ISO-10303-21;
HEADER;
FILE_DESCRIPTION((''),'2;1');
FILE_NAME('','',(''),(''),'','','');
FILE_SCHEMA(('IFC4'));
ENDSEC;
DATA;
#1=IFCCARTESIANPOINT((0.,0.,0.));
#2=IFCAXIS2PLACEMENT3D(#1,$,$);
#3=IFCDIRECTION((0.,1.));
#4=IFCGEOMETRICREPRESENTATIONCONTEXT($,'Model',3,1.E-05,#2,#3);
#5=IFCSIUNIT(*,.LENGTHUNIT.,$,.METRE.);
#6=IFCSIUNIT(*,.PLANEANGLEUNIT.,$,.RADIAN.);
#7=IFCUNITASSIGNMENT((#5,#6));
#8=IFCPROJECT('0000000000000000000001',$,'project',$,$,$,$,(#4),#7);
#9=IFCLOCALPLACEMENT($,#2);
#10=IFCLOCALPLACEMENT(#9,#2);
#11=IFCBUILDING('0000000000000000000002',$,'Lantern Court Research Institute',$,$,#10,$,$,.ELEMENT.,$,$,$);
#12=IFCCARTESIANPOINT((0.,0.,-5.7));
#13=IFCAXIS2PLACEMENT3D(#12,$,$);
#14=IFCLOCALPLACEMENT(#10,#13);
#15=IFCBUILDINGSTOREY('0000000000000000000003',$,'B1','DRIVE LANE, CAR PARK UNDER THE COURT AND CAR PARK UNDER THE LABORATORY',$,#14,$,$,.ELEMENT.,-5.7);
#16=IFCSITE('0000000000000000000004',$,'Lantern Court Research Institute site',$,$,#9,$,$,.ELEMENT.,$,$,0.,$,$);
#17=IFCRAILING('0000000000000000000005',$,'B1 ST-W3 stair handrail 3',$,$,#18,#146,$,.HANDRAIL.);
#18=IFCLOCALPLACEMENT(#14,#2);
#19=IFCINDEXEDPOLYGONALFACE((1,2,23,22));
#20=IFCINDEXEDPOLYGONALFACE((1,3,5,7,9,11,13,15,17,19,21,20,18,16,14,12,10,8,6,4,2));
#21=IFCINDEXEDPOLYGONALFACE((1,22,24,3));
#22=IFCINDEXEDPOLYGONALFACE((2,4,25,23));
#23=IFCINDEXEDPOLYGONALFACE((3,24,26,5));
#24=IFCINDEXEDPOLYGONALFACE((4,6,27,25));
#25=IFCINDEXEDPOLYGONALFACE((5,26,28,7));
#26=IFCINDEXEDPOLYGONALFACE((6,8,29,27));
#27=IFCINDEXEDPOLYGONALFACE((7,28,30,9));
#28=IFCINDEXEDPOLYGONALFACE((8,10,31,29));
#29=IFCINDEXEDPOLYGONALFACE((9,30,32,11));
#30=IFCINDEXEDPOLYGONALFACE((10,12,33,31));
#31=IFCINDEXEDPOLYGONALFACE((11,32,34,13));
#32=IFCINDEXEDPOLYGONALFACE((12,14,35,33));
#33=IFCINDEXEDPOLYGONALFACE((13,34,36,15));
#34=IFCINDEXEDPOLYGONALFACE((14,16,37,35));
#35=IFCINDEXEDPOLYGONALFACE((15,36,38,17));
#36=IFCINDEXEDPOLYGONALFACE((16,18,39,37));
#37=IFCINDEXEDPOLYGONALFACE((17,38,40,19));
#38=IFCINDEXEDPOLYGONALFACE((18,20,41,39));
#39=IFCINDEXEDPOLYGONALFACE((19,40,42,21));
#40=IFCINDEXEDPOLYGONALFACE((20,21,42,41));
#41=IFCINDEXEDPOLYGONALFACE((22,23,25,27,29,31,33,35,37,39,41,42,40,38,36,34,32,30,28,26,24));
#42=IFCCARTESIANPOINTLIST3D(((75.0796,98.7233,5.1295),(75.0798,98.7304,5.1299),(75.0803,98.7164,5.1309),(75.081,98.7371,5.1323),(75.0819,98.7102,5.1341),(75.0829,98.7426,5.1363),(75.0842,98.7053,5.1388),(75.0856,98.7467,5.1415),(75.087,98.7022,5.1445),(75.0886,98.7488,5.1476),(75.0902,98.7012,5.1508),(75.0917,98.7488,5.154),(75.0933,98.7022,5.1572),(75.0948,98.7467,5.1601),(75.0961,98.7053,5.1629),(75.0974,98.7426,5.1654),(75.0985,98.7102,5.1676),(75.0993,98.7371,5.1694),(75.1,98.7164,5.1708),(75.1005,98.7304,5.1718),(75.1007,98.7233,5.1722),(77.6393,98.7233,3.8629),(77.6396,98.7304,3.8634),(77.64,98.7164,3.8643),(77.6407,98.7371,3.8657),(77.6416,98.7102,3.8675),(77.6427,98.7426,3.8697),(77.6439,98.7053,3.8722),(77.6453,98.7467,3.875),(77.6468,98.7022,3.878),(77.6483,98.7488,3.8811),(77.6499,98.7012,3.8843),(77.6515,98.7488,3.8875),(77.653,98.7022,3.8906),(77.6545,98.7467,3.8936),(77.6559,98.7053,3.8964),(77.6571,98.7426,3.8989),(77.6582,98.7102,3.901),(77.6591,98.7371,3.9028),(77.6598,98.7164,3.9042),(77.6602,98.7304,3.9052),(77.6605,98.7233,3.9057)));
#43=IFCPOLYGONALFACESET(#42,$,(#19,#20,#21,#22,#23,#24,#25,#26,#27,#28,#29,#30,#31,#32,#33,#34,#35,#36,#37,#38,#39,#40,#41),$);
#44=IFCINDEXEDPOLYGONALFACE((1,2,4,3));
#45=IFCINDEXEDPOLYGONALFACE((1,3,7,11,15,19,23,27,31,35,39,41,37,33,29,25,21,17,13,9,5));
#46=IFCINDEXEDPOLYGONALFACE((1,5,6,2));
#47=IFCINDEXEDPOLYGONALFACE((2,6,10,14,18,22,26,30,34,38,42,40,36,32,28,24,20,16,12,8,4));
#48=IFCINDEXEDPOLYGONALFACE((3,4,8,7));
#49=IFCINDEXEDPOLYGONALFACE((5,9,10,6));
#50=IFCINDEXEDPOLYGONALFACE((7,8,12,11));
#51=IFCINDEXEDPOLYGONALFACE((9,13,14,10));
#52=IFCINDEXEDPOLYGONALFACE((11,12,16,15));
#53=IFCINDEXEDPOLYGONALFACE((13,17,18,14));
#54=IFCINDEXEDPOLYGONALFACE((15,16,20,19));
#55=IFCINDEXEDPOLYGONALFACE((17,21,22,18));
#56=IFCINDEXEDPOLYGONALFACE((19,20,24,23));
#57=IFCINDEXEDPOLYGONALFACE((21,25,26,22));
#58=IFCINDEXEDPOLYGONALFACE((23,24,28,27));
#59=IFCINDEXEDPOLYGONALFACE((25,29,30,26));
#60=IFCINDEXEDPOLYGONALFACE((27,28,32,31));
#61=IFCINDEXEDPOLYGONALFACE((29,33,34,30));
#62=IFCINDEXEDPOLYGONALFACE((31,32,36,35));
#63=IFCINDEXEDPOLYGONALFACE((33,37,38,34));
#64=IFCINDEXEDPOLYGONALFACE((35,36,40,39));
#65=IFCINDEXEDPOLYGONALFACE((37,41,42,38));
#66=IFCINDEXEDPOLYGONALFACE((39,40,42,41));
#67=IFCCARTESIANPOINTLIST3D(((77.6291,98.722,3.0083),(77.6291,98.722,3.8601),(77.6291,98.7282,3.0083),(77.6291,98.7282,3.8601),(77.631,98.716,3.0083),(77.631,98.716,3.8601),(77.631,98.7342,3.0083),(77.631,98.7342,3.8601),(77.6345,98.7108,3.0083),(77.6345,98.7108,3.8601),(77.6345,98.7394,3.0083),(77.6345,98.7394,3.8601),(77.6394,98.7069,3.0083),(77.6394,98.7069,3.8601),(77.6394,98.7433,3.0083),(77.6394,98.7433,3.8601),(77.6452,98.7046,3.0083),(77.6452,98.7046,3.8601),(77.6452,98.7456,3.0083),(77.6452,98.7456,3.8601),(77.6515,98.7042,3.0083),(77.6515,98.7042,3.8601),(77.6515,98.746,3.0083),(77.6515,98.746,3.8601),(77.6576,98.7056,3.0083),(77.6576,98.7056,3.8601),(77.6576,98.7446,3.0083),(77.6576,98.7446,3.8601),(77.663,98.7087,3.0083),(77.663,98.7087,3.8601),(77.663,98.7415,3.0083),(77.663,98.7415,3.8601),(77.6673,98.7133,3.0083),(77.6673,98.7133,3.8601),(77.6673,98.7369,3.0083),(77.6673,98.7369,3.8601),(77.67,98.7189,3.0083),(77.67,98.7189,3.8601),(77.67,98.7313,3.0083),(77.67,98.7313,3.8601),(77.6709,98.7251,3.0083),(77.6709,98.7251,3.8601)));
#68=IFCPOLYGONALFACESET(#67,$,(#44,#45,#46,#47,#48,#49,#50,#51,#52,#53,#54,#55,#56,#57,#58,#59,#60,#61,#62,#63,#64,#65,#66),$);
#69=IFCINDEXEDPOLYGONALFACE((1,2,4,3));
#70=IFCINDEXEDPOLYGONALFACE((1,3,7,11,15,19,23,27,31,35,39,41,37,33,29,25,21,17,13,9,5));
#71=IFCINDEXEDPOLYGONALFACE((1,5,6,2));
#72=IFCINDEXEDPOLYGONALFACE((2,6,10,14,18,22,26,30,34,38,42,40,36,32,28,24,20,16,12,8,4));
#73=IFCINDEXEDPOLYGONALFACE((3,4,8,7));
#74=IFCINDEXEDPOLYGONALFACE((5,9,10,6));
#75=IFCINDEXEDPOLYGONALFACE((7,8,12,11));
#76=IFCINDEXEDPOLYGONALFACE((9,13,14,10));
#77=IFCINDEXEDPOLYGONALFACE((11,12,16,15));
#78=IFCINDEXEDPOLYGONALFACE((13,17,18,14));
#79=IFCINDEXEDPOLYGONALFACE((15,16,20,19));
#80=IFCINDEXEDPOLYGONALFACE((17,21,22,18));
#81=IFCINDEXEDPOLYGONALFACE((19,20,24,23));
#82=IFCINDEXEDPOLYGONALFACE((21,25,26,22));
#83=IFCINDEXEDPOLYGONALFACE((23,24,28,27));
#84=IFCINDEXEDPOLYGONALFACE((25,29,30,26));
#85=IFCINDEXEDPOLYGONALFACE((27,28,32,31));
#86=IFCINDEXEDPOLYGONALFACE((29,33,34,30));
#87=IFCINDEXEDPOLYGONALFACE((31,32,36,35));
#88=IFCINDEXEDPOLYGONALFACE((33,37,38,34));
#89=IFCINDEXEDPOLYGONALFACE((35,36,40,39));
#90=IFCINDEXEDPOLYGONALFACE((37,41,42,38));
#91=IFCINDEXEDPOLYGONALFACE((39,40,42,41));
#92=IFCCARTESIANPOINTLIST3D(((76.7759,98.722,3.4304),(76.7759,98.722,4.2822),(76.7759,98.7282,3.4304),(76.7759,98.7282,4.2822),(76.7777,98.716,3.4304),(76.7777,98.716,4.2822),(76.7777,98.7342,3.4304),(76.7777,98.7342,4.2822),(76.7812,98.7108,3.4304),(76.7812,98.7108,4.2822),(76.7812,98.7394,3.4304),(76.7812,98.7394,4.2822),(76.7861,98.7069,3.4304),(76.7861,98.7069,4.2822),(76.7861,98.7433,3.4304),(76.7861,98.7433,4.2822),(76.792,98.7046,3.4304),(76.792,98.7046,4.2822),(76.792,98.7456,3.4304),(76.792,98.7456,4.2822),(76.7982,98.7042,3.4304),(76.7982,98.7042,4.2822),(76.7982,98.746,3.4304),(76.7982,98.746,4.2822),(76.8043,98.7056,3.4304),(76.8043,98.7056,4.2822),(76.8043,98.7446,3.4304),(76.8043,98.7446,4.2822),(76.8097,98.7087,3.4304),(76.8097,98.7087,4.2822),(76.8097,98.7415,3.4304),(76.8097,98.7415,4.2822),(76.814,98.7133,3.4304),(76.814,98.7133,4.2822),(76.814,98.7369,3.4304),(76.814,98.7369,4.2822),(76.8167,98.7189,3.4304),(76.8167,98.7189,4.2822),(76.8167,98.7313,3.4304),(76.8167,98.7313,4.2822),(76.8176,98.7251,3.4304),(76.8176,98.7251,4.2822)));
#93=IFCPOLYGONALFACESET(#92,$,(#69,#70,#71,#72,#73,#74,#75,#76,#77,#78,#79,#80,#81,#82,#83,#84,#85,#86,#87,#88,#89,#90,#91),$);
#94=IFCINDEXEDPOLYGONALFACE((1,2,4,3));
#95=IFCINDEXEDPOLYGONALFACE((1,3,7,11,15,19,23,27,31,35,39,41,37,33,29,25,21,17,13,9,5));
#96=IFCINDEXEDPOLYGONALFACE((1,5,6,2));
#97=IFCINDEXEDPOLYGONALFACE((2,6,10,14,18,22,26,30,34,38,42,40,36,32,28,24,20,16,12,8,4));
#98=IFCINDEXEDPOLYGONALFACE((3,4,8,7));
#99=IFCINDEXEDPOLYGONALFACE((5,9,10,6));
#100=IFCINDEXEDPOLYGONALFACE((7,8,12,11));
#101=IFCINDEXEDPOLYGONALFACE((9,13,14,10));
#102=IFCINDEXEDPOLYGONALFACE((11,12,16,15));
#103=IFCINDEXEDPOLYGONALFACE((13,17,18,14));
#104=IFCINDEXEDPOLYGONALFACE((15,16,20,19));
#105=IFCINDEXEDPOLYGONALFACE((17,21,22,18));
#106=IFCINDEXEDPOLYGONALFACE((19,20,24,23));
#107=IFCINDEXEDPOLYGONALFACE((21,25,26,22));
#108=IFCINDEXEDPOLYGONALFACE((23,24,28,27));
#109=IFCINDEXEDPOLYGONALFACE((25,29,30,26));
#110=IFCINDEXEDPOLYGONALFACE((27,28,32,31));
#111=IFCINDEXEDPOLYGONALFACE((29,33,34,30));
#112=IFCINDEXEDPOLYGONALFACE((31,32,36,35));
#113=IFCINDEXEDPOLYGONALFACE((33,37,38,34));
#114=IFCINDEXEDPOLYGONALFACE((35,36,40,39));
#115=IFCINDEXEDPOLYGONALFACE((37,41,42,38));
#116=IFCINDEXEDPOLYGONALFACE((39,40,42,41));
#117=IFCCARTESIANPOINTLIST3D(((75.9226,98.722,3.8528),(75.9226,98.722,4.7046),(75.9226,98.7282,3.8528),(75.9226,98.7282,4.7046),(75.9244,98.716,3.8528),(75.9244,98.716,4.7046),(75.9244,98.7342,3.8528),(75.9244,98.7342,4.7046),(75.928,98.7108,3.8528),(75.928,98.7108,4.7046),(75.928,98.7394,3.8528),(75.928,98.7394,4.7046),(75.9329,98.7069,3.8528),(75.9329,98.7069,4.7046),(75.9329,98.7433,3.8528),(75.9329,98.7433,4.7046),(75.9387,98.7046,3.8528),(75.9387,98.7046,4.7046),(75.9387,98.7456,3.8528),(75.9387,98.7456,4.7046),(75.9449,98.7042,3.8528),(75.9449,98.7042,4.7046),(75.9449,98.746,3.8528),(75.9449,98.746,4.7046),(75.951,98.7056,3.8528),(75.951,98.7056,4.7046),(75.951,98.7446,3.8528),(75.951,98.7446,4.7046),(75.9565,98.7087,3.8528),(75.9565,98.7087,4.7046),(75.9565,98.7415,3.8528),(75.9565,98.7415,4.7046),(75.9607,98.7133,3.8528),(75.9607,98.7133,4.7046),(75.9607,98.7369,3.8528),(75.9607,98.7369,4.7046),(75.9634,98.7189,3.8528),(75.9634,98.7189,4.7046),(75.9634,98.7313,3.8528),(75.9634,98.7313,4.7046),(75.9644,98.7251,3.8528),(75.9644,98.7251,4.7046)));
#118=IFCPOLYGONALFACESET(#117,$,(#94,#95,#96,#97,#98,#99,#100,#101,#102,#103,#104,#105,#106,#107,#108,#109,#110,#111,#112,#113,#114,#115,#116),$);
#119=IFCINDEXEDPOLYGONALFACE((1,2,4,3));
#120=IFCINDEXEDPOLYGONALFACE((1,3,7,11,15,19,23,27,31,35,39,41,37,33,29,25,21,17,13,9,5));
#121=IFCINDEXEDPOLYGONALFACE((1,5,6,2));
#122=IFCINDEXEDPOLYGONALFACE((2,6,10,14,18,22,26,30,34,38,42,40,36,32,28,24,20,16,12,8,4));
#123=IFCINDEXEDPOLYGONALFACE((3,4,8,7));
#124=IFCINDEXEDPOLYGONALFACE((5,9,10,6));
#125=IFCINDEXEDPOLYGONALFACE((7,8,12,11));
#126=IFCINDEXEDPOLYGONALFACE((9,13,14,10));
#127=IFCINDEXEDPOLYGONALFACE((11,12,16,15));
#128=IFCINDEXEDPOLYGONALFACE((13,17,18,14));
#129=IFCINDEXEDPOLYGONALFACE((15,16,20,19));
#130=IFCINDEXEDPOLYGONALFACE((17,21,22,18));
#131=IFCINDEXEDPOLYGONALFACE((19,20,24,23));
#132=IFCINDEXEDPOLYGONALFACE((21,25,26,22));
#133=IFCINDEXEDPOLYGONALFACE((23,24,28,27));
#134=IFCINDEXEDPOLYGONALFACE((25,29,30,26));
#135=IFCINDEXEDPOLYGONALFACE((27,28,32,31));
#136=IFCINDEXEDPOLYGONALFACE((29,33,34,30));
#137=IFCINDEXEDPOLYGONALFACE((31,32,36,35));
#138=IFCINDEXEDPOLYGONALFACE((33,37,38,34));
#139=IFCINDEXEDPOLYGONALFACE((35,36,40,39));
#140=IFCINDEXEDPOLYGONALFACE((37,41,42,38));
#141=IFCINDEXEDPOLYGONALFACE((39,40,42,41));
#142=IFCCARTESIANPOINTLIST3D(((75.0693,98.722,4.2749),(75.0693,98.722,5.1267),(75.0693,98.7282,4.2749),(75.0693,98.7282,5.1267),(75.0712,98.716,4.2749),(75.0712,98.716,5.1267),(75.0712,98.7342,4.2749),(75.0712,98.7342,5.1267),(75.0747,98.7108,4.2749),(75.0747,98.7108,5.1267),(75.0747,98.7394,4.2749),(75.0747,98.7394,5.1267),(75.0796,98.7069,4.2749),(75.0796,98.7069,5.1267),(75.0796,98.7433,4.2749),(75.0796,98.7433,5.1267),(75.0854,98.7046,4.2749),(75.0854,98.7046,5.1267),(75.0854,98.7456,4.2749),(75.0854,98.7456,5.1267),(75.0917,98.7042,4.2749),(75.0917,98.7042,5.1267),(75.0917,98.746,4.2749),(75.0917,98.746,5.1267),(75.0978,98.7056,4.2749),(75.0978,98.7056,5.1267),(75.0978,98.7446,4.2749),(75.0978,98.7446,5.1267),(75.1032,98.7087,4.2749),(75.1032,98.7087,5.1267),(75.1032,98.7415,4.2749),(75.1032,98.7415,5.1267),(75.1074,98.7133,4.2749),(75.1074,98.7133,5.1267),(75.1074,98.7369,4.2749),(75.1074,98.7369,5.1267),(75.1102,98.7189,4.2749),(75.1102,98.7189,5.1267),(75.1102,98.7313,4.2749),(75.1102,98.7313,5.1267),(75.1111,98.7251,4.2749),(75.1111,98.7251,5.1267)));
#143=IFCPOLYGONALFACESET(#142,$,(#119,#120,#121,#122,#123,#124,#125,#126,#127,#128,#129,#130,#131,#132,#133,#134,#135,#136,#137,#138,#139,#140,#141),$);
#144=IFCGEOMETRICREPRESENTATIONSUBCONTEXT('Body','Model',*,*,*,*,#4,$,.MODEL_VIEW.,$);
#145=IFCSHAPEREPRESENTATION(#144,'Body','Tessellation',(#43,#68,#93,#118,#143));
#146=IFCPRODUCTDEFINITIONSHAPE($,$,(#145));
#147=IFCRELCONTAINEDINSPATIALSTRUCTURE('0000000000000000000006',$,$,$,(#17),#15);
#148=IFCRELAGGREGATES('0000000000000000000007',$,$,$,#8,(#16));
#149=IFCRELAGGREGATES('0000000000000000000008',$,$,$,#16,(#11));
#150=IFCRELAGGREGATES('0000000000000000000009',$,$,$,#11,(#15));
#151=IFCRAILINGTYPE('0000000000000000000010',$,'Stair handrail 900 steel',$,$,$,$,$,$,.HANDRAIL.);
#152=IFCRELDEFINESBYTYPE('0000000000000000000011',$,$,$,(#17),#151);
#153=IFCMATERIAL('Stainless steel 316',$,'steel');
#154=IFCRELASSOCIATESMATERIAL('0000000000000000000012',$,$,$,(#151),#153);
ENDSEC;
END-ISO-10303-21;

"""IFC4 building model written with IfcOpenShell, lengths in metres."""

from ifc_helpers import new_model, si_unit, direction, frame, origin, origin_2d, place, context, subcontext, project, spatial, circle, extrude, material, type_object, element, save


model = new_model("IFC4")

# Units and contexts
model_context = context("Model", 3, precision=1e-05, world=origin(), true_north=direction((0.0, 1.0)))
body_context = subcontext(model_context, "Body", "Model", "MODEL_VIEW")
ifc_project = project(units=[si_unit("LENGTHUNIT", "METRE"), si_unit("PLANEANGLEUNIT", "RADIAN")], contexts=[model_context])

# Site, building, storey
site_placement = place(None, origin())
site = spatial("IfcSite", under=ifc_project, at=site_placement, Name="Lantern Court Research Institute site", CompositionType="ELEMENT", RefElevation=0.0)
building_placement = place(site_placement, origin())
building = spatial("IfcBuilding", under=site, at=building_placement, Name="Lantern Court Research Institute", CompositionType="ELEMENT")
storey_placement = place(building_placement, frame((0.0, 0.0, -5.7)))
storey = spatial("IfcBuildingStorey", under=building, at=storey_placement, Name="B1", Description="DRIVE LANE, CAR PARK UNDER THE COURT AND CAR PARK UNDER THE LABORATORY", CompositionType="ELEMENT", Elevation=-5.7)

# Railing
ifc_material_1 = material(Name="Stainless steel 316", Category="steel")
railing_type_1 = type_object("IfcRailingType", Name="Stair handrail 900 steel", PredefinedType="HANDRAIL", material=ifc_material_1)
railing_1_placement = place(storey_placement, frame((77.6499, 98.7251, 3.0083)))
element("IfcRailing", 1, at=railing_1_placement, inside=storey, type_object=railing_type_1, Name="B1 ST-W3 stair handrail 3", PredefinedType="HANDRAIL", context=body_context, shape_type="SweptSolid", body=[
    extrude(circle(Radius=0.0239, at=origin_2d()), frame((0.0, 0.0, 0.876), z_axis=(-0.896283, 0.0, 0.443483), x_axis=(0.0, -1.0, 0.0)), (0.0, 0.0, 1.0), 2.856),
    extrude(circle(Radius=0.021, at=origin_2d()), origin(), (0.0, 0.0, 1.0), 0.8518),
    extrude(circle(Radius=0.021, at=origin_2d()), frame((-0.8533, 0.0, 0.4221)), (0.0, 0.0, 1.0), 0.8518),
    extrude(circle(Radius=0.021, at=origin_2d()), frame((-1.7065, 0.0, 0.8445)), (0.0, 0.0, 1.0), 0.8518),
    extrude(circle(Radius=0.021, at=origin_2d()), frame((-2.5598, 0.0, 1.2666)), (0.0, 0.0, 1.0), 0.8518),
])

save(model, "model.ifc")
